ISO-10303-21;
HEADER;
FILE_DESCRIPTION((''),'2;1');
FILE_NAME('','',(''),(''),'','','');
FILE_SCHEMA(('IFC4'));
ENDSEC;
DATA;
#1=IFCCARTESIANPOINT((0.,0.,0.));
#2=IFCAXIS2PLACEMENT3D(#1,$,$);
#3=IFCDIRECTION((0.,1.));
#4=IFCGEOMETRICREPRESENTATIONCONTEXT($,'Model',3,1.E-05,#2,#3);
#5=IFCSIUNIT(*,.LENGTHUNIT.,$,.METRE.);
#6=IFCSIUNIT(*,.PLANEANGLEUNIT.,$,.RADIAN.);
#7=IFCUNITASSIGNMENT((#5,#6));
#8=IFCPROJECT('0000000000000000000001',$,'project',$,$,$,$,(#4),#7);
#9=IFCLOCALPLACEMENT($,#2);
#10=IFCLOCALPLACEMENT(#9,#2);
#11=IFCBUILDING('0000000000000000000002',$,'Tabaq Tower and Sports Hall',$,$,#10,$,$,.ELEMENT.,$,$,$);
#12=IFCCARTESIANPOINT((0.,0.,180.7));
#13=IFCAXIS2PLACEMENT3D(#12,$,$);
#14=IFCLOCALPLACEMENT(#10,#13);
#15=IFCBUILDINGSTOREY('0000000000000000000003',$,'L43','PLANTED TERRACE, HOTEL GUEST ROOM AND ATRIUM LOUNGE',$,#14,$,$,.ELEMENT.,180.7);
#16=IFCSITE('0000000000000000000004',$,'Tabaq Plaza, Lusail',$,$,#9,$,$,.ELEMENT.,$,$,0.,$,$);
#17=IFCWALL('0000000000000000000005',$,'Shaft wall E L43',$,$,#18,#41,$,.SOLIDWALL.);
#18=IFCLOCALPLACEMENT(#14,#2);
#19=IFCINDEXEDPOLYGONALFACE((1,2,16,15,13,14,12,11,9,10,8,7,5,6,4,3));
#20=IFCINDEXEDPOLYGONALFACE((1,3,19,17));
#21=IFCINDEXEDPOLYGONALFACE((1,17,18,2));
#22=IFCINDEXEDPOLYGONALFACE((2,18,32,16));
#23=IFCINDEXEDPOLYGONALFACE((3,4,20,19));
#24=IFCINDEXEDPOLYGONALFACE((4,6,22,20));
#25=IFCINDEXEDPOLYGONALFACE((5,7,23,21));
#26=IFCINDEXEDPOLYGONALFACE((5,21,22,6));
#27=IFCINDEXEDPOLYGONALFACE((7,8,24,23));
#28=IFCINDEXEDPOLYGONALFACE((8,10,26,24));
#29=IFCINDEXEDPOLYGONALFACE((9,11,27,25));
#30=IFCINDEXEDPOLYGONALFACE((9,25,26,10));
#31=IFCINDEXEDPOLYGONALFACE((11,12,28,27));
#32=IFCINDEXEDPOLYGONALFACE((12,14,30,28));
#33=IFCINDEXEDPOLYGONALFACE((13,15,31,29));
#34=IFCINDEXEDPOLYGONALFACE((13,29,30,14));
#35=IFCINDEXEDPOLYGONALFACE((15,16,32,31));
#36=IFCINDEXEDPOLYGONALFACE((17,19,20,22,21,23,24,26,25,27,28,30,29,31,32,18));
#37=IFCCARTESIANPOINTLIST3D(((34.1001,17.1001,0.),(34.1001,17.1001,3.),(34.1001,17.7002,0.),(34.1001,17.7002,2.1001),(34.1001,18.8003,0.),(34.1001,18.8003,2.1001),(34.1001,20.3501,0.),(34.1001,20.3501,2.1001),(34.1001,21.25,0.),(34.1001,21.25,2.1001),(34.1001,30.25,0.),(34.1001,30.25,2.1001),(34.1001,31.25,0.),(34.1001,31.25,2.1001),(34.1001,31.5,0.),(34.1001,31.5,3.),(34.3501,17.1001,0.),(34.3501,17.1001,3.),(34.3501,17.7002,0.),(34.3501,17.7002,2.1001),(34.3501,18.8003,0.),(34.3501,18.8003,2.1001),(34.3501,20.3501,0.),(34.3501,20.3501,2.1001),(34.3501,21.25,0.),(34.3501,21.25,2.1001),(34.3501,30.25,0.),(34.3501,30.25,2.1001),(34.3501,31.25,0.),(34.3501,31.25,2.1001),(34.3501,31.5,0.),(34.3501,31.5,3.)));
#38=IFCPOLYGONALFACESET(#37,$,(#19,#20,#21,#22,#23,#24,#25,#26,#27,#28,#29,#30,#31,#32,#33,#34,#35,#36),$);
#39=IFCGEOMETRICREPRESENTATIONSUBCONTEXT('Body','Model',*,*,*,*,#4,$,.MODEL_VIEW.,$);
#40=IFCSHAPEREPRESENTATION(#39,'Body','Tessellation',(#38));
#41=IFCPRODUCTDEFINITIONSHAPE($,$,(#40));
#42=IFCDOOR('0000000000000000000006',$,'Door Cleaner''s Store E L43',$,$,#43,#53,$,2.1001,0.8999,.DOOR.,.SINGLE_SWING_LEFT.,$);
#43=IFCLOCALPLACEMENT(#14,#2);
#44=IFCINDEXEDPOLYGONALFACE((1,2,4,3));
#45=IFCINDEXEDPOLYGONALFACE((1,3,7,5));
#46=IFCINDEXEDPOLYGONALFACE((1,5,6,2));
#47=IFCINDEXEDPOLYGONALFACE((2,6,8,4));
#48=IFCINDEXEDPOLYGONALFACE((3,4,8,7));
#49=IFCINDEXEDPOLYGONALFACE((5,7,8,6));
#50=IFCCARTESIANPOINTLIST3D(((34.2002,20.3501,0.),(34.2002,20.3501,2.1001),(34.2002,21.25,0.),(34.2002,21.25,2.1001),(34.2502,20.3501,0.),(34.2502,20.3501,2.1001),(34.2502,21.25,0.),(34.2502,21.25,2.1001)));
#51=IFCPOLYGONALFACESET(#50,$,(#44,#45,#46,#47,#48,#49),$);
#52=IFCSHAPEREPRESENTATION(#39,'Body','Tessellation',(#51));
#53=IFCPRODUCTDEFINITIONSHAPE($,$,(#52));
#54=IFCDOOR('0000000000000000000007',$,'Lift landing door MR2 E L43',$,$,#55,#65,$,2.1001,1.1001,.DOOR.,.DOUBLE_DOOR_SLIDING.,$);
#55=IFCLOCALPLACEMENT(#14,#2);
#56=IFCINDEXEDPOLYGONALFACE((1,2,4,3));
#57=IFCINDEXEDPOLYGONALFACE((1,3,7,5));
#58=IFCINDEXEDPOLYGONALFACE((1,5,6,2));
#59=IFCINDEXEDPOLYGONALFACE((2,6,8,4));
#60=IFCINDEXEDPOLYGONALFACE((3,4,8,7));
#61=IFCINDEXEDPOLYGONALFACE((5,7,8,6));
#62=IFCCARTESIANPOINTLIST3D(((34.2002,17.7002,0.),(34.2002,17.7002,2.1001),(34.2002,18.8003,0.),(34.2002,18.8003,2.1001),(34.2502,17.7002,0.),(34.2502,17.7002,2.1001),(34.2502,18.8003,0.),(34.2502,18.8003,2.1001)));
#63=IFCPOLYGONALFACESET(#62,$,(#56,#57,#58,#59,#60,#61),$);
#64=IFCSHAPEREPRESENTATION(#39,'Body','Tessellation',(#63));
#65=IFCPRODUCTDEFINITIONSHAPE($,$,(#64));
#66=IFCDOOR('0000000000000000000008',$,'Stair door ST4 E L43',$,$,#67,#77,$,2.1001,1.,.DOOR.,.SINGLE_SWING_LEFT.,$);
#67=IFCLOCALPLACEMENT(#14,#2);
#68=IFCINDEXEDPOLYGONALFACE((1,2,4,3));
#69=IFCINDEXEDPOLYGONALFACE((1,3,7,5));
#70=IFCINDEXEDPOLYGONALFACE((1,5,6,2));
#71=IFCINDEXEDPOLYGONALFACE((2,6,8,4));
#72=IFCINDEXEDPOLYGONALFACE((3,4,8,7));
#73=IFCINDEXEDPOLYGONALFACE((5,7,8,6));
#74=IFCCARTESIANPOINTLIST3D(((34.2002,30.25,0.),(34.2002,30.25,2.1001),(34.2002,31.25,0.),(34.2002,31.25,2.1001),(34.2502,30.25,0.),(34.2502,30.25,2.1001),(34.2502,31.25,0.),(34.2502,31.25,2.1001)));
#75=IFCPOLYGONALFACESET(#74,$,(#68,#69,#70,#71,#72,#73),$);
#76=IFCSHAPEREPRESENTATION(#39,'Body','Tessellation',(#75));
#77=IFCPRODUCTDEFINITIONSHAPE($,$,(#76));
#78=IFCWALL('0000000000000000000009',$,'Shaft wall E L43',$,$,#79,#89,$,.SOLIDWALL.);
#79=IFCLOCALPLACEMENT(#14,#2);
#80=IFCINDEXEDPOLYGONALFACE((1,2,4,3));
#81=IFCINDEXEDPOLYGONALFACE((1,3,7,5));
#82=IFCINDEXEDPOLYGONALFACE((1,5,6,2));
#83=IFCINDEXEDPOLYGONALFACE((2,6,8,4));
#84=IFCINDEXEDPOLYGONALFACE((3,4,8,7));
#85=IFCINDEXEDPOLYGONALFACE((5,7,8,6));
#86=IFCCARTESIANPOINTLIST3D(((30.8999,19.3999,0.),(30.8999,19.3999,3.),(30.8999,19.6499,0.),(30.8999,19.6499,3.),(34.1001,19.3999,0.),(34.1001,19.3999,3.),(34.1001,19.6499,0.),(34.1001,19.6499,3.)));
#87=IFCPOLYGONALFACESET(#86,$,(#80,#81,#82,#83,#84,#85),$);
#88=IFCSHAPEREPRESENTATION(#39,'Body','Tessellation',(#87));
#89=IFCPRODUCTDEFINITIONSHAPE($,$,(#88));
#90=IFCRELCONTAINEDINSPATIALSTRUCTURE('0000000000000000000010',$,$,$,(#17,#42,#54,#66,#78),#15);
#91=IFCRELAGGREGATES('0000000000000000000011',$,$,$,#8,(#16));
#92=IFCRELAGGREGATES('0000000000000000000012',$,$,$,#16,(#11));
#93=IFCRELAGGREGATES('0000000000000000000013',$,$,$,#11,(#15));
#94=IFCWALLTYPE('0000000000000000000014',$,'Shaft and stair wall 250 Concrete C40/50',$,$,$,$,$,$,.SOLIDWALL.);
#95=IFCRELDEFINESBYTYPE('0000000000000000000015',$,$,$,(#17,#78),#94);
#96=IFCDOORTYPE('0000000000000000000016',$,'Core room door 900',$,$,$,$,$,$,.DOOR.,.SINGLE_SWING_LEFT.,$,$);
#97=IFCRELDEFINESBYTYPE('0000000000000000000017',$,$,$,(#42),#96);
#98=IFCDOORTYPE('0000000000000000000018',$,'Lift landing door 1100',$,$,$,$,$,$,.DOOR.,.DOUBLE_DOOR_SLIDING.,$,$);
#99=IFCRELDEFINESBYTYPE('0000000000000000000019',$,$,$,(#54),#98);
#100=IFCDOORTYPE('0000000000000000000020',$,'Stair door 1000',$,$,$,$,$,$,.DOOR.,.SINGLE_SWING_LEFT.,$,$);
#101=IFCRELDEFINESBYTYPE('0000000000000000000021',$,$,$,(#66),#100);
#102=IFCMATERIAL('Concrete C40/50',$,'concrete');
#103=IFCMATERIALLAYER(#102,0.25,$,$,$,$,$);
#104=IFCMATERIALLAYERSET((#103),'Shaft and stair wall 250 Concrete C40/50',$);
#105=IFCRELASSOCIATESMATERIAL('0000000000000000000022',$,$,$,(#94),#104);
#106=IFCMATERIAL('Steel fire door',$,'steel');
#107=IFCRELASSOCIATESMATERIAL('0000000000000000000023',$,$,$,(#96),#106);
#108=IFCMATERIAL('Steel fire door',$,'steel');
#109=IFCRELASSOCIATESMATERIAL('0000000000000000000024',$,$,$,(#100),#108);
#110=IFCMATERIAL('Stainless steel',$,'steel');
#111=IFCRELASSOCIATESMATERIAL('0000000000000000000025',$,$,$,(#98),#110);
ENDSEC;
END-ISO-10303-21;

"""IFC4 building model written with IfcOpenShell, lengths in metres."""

from ifc_helpers import new_model, si_unit, direction, frame, frame_2d, origin, place, context, subcontext, project, spatial, rectangle, extrude, material, layer, layer_set, type_object, element, fill, save


model = new_model("IFC4")

# Units and contexts
model_context = context("Model", 3, precision=1e-05, world=origin(), true_north=direction((0.0, 1.0)))
body_context = subcontext(model_context, "Body", "Model", "MODEL_VIEW")
ifc_project = project(units=[si_unit("LENGTHUNIT", "METRE"), si_unit("PLANEANGLEUNIT", "RADIAN")], contexts=[model_context])

# Site, building, storey
site_placement = place(None, origin())
site = spatial("IfcSite", under=ifc_project, at=site_placement, Name="Tabaq Plaza, Lusail", CompositionType="ELEMENT", RefElevation=0.0)
building_placement = place(site_placement, origin())
building = spatial("IfcBuilding", under=site, at=building_placement, Name="Tabaq Tower and Sports Hall", CompositionType="ELEMENT")
storey_placement = place(building_placement, frame((0.0, 0.0, 180.7)))
storey = spatial("IfcBuildingStorey", under=building, at=storey_placement, Name="L43", Description="PLANTED TERRACE, HOTEL GUEST ROOM AND ATRIUM LOUNGE", CompositionType="ELEMENT", Elevation=180.7)

# Wall, openings, doors
ifc_material_1 = material(Name="Concrete C40/50", Category="concrete")
ifc_layer_1 = layer(ifc_material_1, 0.25)
ifc_layer_set_1 = layer_set([ifc_layer_1], Name="Shaft and stair wall 250 Concrete C40/50")
wall_type_1 = type_object("IfcWallType", Name="Shaft and stair wall 250 Concrete C40/50", PredefinedType="SOLIDWALL", material=ifc_layer_set_1)
ifc_material_2 = material(Name="Steel fire door", Category="steel")
door_type_1 = type_object("IfcDoorType", Name="Core room door 900", OperationType="SINGLE_SWING_LEFT", PredefinedType="DOOR", material=ifc_material_2)
ifc_material_3 = material(Name="Steel fire door", Category="steel")
door_type_2 = type_object("IfcDoorType", Name="Stair door 1000", OperationType="SINGLE_SWING_LEFT", PredefinedType="DOOR", material=ifc_material_3)
wall_1_placement = place(storey_placement, frame((34.2251, 17.1001, 0.0), z_axis=(0.0, 0.0, 1.0), x_axis=(0.0, 1.0, 0.0)))
wall_1 = element("IfcWall", 1, at=wall_1_placement, inside=storey, type_object=wall_type_1, Name="Shaft wall E L43", PredefinedType="SOLIDWALL", context=body_context, shape_type="SweptSolid", body=[
    extrude(rectangle(XDim=14.3999, YDim=0.25, at=frame_2d((7.2, 0.0))), origin(), (0.0, 0.0, 1.0), 3.0),
])
opening_1_placement = place(wall_1_placement, frame((13.1499, 0.0, 0.0)))
opening_1 = element("IfcOpeningElement", 2, at=opening_1_placement, cuts=wall_1, PredefinedType="OPENING", context=body_context, shape_type="SweptSolid", body=[
    extrude(rectangle(XDim=1.0, YDim=2.1001, at=frame_2d((0.5, 1.05))), frame((0.0, 0.125, 0.0), z_axis=(0.0, -1.0, 0.0), x_axis=(1.0, 0.0, 0.0)), (0.0, 0.0, 1.0), 0.25),
])
opening_2_placement = place(wall_1_placement, frame((0.6001, 0.0, 0.0)))
opening_2 = element("IfcOpeningElement", 3, at=opening_2_placement, cuts=wall_1, PredefinedType="OPENING", context=body_context, shape_type="SweptSolid", body=[
    extrude(rectangle(XDim=1.1001, YDim=2.1001, at=frame_2d((0.55, 1.05))), frame((0.0, 0.125, 0.0), z_axis=(0.0, -1.0, 0.0), x_axis=(1.0, 0.0, 0.0)), (0.0, 0.0, 1.0), 0.25),
])
opening_3_placement = place(wall_1_placement, frame((3.25, 0.0, 0.0)))
opening_3 = element("IfcOpeningElement", 4, at=opening_3_placement, cuts=wall_1, PredefinedType="OPENING", context=body_context, shape_type="SweptSolid", body=[
    extrude(rectangle(XDim=0.8999, YDim=2.1001, at=frame_2d((0.45, 1.05))), frame((0.0, 0.125, 0.0), z_axis=(0.0, -1.0, 0.0), x_axis=(1.0, 0.0, 0.0)), (0.0, 0.0, 1.0), 0.25),
])
door_1_placement = place(opening_3_placement, origin())
door_1 = element("IfcDoor", 5, at=door_1_placement, inside=storey, type_object=door_type_1, Name="Door Cleaner's Store E L43", OperationType="SINGLE_SWING_LEFT", OverallHeight=2.1001, OverallWidth=0.8999, PredefinedType="DOOR", context=body_context, shape_type="SweptSolid", body=[
    extrude(rectangle(XDim=0.8999, YDim=2.1001, at=frame_2d((0.45, 1.05))), frame((0.0, 0.0249, 0.0), z_axis=(0.0, -1.0, 0.0), x_axis=(1.0, 0.0, 0.0)), (0.0, 0.0, 1.0), 0.05),
])
fill(opening_3, door_1)
ifc_material_4 = material(Name="Stainless steel", Category="steel")
door_type_3 = type_object("IfcDoorType", Name="Lift landing door 1100", OperationType="DOUBLE_DOOR_SLIDING", PredefinedType="DOOR", material=ifc_material_4)
door_2_placement = place(opening_2_placement, origin())
door_2 = element("IfcDoor", 6, at=door_2_placement, inside=storey, type_object=door_type_3, Name="Lift landing door MR2 E L43", OperationType="DOUBLE_DOOR_SLIDING", OverallHeight=2.1001, OverallWidth=1.1001, PredefinedType="DOOR", context=body_context, shape_type="SweptSolid", body=[
    extrude(rectangle(XDim=1.1001, YDim=2.1001, at=frame_2d((0.55, 1.05))), frame((0.0, 0.0249, 0.0), z_axis=(0.0, -1.0, 0.0), x_axis=(1.0, 0.0, 0.0)), (0.0, 0.0, 1.0), 0.05),
])
fill(opening_2, door_2)
door_3_placement = place(opening_1_placement, origin())
door_3 = element("IfcDoor", 7, at=door_3_placement, inside=storey, type_object=door_type_2, Name="Stair door ST4 E L43", OperationType="SINGLE_SWING_LEFT", OverallHeight=2.1001, OverallWidth=1.0, PredefinedType="DOOR", context=body_context, shape_type="SweptSolid", body=[
    extrude(rectangle(XDim=1.0, YDim=2.1001, at=frame_2d((0.5, 1.05))), frame((0.0, 0.0249, 0.0), z_axis=(0.0, -1.0, 0.0), x_axis=(1.0, 0.0, 0.0)), (0.0, 0.0, 1.0), 0.05),
])
fill(opening_1, door_3)

# Wall
wall_2_placement = place(storey_placement, frame((30.8999, 19.5249, 0.0), z_axis=(0.0, 0.0, 1.0), x_axis=(1.0, 0.0, 0.0)))
element("IfcWall", 8, at=wall_2_placement, inside=storey, type_object=wall_type_1, Name="Shaft wall E L43", PredefinedType="SOLIDWALL", context=body_context, shape_type="SweptSolid", body=[
    extrude(rectangle(XDim=3.2002, YDim=0.25, at=frame_2d((1.6001, 0.0))), origin(), (0.0, 0.0, 1.0), 3.0),
])

save(model, "model.ifc")
